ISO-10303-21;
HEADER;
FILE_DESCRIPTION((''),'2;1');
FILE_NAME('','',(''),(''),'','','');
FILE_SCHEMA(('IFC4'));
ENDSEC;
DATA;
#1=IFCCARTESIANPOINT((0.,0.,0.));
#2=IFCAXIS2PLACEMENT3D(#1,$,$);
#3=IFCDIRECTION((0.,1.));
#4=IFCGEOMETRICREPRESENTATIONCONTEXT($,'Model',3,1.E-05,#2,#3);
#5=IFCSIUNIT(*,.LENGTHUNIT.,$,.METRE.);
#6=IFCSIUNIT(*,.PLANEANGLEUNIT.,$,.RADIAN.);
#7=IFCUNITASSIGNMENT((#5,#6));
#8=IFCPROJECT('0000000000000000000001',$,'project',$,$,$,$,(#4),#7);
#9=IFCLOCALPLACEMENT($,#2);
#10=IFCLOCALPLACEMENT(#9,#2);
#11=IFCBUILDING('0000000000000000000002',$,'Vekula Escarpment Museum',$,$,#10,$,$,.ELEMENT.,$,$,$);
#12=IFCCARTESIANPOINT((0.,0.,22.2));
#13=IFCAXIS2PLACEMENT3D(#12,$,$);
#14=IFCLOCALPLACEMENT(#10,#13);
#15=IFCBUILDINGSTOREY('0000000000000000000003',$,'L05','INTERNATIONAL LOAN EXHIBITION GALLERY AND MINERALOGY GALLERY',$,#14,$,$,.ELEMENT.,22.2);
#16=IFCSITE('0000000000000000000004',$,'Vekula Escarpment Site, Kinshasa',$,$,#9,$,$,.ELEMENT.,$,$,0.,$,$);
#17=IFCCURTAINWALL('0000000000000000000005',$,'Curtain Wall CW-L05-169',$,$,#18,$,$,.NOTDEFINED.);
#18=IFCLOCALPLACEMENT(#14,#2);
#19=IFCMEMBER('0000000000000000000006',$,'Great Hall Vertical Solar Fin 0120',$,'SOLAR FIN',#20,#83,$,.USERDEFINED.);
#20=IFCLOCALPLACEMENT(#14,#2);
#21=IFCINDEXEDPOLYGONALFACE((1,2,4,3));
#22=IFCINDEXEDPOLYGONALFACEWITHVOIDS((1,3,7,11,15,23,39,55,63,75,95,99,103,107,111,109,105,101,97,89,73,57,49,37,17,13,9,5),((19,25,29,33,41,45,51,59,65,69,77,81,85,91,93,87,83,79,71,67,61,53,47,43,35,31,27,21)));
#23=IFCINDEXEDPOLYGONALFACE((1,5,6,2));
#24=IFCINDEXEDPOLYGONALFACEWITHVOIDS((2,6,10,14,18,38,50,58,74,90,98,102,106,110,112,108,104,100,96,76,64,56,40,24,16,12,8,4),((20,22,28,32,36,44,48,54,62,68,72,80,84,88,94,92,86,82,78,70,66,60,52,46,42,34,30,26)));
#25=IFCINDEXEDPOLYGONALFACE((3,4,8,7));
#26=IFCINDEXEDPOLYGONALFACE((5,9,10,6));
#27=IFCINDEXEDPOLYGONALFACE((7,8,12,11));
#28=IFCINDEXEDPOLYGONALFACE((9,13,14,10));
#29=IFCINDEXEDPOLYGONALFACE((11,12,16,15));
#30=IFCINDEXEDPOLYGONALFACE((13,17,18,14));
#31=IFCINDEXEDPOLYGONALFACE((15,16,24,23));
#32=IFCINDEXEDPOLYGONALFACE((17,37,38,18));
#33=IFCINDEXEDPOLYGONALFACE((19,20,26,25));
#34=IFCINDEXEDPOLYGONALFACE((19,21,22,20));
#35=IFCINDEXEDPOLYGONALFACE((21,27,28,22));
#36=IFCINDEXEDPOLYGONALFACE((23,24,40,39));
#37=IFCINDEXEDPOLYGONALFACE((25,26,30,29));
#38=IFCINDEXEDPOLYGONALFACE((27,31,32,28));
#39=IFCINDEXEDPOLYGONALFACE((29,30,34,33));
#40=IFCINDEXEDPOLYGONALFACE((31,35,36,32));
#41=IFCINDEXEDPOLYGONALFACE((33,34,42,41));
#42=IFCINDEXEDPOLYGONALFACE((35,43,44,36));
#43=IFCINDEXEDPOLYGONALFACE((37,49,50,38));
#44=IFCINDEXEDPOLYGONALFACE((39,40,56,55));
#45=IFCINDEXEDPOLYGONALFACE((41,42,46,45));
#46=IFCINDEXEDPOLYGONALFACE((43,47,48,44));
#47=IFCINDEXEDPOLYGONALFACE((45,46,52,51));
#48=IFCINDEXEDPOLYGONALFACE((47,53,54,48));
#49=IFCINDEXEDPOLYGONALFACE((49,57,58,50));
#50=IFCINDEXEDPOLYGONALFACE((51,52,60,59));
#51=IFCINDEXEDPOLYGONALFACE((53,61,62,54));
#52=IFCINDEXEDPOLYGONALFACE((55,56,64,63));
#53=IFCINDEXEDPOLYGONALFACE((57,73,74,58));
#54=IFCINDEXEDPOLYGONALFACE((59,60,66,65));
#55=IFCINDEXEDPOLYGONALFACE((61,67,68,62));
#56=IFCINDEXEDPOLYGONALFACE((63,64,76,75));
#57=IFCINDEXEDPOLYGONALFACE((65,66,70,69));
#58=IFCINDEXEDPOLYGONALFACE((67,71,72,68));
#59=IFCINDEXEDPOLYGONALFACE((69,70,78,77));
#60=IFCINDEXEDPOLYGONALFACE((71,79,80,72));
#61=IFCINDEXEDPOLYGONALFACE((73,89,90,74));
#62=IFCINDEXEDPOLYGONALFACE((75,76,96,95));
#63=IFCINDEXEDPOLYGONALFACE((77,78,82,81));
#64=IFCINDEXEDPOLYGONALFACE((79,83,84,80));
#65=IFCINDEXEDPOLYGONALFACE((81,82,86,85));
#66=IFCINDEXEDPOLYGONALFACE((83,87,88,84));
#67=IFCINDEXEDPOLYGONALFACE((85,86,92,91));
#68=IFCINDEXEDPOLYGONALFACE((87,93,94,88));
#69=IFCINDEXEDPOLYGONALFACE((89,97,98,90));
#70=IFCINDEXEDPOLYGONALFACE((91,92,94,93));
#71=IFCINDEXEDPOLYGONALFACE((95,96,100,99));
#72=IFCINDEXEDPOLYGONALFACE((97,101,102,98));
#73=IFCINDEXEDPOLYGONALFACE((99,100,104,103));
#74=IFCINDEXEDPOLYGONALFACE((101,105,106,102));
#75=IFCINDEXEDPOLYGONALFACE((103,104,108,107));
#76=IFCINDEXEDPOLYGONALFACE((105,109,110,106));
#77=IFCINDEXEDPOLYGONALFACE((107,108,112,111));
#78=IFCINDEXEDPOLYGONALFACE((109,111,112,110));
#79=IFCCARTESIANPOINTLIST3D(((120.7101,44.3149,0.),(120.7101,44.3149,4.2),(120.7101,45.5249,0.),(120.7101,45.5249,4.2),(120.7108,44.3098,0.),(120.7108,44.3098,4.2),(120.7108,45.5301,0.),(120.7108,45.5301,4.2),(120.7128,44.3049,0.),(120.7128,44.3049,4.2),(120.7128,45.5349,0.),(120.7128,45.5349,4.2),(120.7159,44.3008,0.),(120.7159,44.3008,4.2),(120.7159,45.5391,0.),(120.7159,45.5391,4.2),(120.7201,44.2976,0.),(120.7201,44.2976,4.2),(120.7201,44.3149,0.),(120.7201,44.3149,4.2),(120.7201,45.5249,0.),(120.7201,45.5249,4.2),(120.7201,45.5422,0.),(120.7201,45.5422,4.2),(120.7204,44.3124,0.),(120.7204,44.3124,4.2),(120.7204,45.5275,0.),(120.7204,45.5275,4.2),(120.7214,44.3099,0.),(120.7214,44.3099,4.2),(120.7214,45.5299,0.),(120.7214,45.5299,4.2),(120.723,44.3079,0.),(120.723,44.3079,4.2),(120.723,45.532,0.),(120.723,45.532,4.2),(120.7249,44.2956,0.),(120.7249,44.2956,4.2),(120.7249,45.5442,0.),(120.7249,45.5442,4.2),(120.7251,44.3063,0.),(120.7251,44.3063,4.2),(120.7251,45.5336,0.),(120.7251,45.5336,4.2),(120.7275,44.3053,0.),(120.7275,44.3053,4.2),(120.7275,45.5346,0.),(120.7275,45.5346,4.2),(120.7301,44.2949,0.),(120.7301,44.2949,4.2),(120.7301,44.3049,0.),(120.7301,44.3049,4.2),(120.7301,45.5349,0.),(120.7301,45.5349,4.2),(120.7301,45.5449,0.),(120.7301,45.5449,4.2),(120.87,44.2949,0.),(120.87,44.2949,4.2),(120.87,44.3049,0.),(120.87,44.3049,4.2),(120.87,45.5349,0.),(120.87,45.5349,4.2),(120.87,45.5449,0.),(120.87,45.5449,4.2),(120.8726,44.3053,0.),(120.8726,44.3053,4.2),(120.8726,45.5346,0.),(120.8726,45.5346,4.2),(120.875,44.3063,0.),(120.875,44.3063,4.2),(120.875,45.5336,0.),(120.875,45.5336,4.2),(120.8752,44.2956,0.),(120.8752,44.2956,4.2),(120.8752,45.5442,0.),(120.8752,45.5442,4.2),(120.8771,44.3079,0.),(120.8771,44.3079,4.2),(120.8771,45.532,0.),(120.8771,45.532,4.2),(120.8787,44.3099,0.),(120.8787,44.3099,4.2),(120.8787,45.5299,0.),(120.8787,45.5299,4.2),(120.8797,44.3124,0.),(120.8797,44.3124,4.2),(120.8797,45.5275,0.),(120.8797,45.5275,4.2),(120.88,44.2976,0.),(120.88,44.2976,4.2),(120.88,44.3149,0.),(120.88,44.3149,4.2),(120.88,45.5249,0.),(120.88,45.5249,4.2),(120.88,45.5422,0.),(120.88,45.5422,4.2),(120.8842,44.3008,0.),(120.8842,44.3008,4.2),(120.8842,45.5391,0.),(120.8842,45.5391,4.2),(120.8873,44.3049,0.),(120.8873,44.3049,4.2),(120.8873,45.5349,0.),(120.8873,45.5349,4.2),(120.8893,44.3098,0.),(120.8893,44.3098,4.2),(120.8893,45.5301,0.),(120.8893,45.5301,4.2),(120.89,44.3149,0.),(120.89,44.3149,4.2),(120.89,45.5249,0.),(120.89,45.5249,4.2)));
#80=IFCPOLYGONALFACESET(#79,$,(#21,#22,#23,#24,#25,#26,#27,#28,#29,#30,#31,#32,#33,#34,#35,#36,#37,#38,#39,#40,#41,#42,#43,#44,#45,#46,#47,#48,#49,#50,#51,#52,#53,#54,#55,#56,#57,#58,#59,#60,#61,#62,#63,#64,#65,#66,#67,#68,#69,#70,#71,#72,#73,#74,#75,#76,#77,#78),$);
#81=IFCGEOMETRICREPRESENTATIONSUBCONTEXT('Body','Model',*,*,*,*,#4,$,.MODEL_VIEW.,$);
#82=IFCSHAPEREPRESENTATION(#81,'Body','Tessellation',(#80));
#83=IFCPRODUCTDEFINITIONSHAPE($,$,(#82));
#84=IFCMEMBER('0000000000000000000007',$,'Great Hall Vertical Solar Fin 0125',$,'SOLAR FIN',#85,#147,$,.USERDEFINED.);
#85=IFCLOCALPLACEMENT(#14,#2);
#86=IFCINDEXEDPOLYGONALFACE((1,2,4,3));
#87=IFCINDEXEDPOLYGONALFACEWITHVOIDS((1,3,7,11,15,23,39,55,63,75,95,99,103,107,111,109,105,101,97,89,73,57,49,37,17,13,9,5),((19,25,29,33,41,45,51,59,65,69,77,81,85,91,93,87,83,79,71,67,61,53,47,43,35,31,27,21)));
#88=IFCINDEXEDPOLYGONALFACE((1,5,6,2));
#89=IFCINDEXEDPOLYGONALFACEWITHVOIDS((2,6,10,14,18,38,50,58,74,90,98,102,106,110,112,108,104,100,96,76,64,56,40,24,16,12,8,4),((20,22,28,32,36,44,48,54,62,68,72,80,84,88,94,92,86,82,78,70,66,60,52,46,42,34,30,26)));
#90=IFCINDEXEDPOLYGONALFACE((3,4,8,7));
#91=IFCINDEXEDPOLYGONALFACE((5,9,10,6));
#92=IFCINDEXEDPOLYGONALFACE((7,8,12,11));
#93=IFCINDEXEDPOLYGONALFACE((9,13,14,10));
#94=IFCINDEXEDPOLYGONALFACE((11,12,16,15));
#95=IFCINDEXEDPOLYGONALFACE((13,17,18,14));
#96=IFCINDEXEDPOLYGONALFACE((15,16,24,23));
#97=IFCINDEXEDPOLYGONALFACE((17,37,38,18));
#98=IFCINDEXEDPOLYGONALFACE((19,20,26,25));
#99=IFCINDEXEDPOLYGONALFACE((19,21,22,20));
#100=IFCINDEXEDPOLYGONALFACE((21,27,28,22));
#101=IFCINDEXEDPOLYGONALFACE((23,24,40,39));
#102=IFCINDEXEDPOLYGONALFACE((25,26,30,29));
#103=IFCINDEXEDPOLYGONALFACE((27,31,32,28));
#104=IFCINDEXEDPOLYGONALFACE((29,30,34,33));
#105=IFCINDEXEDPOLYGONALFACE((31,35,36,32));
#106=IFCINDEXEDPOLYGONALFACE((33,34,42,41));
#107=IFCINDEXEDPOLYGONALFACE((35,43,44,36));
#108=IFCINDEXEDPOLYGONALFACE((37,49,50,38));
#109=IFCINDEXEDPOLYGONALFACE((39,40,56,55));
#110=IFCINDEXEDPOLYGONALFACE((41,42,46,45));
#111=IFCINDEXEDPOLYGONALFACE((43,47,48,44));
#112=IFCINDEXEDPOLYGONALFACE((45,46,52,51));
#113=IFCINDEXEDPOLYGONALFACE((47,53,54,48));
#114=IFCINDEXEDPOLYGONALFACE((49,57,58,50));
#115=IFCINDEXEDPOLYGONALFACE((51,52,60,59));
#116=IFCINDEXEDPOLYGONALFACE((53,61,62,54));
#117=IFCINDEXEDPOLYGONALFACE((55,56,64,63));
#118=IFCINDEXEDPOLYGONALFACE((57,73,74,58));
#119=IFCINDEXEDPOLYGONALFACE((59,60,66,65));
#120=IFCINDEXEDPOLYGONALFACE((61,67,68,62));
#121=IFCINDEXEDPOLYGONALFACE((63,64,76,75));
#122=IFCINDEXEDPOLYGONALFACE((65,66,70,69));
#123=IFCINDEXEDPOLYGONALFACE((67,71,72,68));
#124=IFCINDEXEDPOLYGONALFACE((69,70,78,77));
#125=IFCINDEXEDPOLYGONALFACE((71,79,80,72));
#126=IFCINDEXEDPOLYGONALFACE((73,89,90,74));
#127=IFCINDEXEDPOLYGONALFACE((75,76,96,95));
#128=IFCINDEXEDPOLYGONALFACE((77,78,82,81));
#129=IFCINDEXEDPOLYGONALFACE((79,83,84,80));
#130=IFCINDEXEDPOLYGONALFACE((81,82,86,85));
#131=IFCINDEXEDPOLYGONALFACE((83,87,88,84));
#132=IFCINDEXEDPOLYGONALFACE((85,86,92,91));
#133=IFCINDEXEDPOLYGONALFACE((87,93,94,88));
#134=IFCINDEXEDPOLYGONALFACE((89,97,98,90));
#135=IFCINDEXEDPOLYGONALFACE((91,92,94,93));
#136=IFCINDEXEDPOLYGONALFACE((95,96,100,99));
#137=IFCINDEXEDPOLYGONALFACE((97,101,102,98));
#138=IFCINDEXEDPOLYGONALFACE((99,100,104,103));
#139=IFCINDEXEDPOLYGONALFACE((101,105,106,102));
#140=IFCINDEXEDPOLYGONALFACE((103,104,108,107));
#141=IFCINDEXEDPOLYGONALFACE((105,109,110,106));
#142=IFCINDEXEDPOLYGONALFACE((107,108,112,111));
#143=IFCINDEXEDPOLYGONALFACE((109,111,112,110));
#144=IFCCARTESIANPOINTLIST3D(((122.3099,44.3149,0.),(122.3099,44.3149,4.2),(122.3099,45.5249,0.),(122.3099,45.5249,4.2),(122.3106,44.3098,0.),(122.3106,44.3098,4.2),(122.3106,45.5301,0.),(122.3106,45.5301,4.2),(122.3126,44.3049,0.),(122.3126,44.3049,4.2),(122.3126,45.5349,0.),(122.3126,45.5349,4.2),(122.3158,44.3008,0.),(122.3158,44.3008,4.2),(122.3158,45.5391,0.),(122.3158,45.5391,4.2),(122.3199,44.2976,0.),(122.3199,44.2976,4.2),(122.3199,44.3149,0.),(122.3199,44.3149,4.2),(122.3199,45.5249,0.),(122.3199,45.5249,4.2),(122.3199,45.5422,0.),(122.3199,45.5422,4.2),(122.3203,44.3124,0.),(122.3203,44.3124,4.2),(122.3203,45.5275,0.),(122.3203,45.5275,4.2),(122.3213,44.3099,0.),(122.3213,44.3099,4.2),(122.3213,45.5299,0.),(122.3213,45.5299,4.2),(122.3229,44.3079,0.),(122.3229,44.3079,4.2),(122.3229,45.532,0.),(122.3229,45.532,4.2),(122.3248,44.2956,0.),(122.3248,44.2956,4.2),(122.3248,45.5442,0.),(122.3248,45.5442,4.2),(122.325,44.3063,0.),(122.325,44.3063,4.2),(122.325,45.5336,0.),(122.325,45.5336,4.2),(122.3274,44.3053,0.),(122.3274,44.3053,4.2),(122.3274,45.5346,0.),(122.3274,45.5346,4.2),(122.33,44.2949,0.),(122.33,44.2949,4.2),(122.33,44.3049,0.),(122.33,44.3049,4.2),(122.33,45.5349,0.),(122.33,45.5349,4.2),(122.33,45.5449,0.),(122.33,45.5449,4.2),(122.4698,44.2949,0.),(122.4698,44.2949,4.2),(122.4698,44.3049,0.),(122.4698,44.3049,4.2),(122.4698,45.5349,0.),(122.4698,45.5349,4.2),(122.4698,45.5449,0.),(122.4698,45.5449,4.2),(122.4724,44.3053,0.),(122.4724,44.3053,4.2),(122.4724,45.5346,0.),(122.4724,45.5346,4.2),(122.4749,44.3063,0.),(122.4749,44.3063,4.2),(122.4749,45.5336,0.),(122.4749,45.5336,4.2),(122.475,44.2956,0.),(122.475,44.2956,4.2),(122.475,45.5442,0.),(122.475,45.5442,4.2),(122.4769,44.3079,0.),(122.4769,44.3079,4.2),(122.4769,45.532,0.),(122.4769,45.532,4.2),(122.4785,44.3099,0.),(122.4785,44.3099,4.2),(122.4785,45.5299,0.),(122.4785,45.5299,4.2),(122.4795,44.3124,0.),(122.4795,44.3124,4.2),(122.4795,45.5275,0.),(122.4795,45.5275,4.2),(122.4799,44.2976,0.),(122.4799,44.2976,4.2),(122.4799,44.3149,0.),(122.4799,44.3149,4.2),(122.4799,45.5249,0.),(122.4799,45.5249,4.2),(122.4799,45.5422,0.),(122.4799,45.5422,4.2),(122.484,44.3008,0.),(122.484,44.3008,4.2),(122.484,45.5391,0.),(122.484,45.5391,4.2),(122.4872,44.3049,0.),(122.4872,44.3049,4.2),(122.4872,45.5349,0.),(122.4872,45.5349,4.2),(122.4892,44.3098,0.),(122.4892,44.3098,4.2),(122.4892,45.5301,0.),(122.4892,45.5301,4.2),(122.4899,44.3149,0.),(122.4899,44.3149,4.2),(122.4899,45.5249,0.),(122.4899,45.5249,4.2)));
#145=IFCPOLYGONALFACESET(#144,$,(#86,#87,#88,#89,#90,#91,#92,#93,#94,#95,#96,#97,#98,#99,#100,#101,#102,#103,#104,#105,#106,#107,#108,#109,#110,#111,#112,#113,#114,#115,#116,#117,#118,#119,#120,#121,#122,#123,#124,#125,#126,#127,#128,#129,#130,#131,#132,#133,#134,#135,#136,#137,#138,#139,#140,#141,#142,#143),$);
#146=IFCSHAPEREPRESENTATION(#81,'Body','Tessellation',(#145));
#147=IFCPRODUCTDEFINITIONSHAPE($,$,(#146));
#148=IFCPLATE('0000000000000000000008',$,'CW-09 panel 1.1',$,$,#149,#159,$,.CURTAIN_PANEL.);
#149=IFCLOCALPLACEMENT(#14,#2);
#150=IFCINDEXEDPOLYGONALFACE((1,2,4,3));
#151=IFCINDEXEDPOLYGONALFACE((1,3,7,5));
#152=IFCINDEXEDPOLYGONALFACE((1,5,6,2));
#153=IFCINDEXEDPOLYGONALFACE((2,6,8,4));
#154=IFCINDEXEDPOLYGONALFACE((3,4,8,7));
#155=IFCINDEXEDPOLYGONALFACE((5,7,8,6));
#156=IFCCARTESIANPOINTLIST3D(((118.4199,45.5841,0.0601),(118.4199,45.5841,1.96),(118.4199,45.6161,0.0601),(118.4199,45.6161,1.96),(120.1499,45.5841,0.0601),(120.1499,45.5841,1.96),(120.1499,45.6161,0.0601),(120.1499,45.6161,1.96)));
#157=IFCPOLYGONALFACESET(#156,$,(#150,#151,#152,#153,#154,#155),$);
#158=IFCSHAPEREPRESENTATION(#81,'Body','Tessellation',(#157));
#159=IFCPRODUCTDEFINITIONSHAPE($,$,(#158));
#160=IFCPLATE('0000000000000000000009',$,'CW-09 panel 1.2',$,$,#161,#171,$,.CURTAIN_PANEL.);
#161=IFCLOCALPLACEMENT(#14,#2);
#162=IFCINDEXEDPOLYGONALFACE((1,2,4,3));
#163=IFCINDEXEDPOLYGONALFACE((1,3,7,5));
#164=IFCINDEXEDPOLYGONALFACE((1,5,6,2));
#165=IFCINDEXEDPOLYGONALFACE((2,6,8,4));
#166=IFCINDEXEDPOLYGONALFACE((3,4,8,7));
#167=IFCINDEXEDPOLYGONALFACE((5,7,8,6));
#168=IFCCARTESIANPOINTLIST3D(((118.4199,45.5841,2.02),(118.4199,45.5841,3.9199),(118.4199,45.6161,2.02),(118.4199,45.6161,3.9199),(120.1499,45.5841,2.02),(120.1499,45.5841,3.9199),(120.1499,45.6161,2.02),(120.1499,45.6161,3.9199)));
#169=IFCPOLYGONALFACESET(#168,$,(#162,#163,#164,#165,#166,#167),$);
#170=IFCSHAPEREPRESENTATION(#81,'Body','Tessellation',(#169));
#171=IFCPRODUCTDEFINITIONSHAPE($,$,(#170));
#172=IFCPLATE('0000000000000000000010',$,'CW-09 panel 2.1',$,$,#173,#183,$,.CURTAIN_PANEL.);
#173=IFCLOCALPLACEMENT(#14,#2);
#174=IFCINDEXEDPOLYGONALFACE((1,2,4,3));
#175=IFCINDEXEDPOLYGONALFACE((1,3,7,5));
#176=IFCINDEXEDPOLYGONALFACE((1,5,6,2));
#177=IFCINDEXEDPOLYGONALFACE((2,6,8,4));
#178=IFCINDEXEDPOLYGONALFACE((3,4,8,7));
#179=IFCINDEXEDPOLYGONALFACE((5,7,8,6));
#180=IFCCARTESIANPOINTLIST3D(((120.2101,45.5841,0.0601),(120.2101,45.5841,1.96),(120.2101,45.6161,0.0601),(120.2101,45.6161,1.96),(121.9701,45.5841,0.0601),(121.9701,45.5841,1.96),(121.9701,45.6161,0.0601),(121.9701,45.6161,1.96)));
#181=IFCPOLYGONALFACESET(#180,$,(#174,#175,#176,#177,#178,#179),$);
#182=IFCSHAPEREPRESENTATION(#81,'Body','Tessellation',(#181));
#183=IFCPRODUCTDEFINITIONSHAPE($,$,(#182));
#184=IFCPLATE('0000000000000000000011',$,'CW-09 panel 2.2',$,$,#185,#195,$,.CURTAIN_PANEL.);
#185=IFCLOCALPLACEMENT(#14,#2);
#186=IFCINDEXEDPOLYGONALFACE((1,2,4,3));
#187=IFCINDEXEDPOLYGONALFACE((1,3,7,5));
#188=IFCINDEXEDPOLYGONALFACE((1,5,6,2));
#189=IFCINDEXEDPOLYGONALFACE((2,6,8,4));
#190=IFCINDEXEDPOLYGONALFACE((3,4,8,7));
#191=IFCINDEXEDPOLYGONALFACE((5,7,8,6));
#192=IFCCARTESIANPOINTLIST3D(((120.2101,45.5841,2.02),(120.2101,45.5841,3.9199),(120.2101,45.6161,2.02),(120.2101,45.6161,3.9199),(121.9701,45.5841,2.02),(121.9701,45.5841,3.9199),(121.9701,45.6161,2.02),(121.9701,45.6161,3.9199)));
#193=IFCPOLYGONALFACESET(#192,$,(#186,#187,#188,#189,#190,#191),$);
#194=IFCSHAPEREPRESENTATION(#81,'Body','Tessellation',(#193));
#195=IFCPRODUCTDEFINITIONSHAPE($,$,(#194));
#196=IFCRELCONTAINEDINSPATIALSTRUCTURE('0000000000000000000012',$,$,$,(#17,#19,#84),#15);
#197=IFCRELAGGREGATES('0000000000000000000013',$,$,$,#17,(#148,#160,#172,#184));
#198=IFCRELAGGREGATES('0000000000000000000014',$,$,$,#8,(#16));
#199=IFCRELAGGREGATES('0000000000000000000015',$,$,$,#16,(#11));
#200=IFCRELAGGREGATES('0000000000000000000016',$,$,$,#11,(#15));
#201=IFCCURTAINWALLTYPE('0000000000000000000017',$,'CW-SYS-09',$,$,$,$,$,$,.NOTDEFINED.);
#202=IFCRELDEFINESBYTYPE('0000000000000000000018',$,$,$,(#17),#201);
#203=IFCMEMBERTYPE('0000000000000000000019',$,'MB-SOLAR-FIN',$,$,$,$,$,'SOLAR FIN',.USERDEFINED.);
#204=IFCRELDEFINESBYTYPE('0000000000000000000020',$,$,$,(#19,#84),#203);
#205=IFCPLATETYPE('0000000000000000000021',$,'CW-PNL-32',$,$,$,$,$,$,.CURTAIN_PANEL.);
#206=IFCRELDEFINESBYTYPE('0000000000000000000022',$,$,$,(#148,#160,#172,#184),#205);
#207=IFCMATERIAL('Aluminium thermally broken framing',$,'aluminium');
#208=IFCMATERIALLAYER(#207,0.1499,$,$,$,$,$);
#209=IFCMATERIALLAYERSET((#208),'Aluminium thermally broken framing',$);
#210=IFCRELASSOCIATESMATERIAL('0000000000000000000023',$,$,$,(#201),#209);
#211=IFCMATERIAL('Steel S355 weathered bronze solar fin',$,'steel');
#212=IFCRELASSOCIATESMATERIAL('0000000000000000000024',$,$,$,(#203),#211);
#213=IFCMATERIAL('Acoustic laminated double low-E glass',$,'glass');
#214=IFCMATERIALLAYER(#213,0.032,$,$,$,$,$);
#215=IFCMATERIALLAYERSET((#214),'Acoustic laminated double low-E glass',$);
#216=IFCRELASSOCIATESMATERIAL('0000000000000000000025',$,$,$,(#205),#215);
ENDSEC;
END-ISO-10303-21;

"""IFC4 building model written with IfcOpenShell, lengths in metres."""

from ifc_helpers import new_model, si_unit, direction, frame, origin, origin_2d, place, context, subcontext, project, spatial, rectangle, hollow_rectangle, extrude, material, layer, layer_set, material_profile, profile_set, type_object, element, aggregate, save


model = new_model("IFC4")

# Units and contexts
model_context = context("Model", 3, precision=1e-05, world=origin(), true_north=direction((0.0, 1.0)))
body_context = subcontext(model_context, "Body", "Model", "MODEL_VIEW")
ifc_project = project(units=[si_unit("LENGTHUNIT", "METRE"), si_unit("PLANEANGLEUNIT", "RADIAN")], contexts=[model_context])

# Site, building, storey
site_placement = place(None, origin())
site = spatial("IfcSite", under=ifc_project, at=site_placement, Name="Vekula Escarpment Site, Kinshasa", CompositionType="ELEMENT", RefElevation=0.0)
building_placement = place(site_placement, origin())
building = spatial("IfcBuilding", under=site, at=building_placement, Name="Vekula Escarpment Museum", CompositionType="ELEMENT")
storey_placement = place(building_placement, frame((0.0, 0.0, 22.2)))
storey = spatial("IfcBuildingStorey", under=building, at=storey_placement, Name="L05", Description="INTERNATIONAL LOAN EXHIBITION GALLERY AND MINERALOGY GALLERY", CompositionType="ELEMENT", Elevation=22.2)

# Curtain wall
ifc_material_1 = material(Name="Aluminium thermally broken framing", Category="aluminium")
ifc_layer_1 = layer(ifc_material_1, 0.1499)
ifc_layer_set_1 = layer_set([ifc_layer_1], Name="Aluminium thermally broken framing")
curtain_wall_type = type_object("IfcCurtainWallType", Name="CW-SYS-09", PredefinedType="NOTDEFINED", material=ifc_layer_set_1)
curtain_wall_placement = place(storey_placement, origin())
curtain_wall = element("IfcCurtainWall", 1, at=curtain_wall_placement, inside=storey, type_object=curtain_wall_type, Name="Curtain Wall CW-L05-169", PredefinedType="NOTDEFINED")

# Members
ifc_material_2 = material(Name="Steel S355 weathered bronze solar fin", Category="steel")
ifc_material_profile_1 = material_profile(ifc_material_2, hollow_rectangle(XDim=0.1799, YDim=1.25, WallThickness=0.01, InnerFilletRadius=0.01, OuterFilletRadius=0.02, at=origin_2d()), Name="RHS 1250x180x10")
ifc_profile_set_1 = profile_set([ifc_material_profile_1], Name="Steel S355 weathered bronze solar fin")
member_type_1 = type_object("IfcMemberType", Name="MB-SOLAR-FIN", ElementType="SOLAR FIN", PredefinedType="USERDEFINED", material=ifc_profile_set_1)
for number, where, z_axis, x_axis, name in (
    (2, (120.8, 44.9199, 0.0), (0.0, 0.0, 1.0), (1.0, 0.0, 0.0), "Great Hall Vertical Solar Fin 0120"),
    (3, (122.3999, 44.9199, 0.0), (0.0, 0.0, 1.0), (1.0, 0.0, 0.0), "Great Hall Vertical Solar Fin 0125"),
):
    element("IfcMember", number, at=place(storey_placement, frame(where, z_axis=z_axis, x_axis=x_axis)), inside=storey, type_object=member_type_1, Name=name, ObjectType="SOLAR FIN", PredefinedType="USERDEFINED", context=body_context, shape_type="SweptSolid", body=[
        extrude(hollow_rectangle(XDim=0.1799, YDim=1.25, WallThickness=0.01, InnerFilletRadius=0.01, OuterFilletRadius=0.02, at=origin_2d()), origin(), (0.0, 0.0, 1.0), 4.2),
    ])

# Plates
ifc_material_3 = material(Name="Acoustic laminated double low-E glass", Category="glass")
ifc_layer_2 = layer(ifc_material_3, 0.032)
ifc_layer_set_2 = layer_set([ifc_layer_2], Name="Acoustic laminated double low-E glass")
plate_type = type_object("IfcPlateType", Name="CW-PNL-32", PredefinedType="CURTAIN_PANEL", material=ifc_layer_set_2)
plate_1_placement = place(storey_placement, frame((119.2849, 45.6001, 0.0601), z_axis=(0.0, 0.0, 1.0), x_axis=(1.0, 0.0, 0.0)))
plate_1 = element("IfcPlate", 4, at=plate_1_placement, type_object=plate_type, Name="CW-09 panel 1.1", PredefinedType="CURTAIN_PANEL", context=body_context, shape_type="SweptSolid", body=[
    extrude(rectangle(XDim=1.73, YDim=0.032, at=origin_2d()), origin(), (0.0, 0.0, 1.0), 1.8999),
])
plate_2_placement = place(storey_placement, frame((119.2849, 45.6001, 2.02), z_axis=(0.0, 0.0, 1.0), x_axis=(1.0, 0.0, 0.0)))
plate_2 = element("IfcPlate", 5, at=plate_2_placement, type_object=plate_type, Name="CW-09 panel 1.2", PredefinedType="CURTAIN_PANEL", context=body_context, shape_type="SweptSolid", body=[
    extrude(rectangle(XDim=1.73, YDim=0.032, at=origin_2d()), origin(), (0.0, 0.0, 1.0), 1.8999),
])
plate_3_placement = place(storey_placement, frame((121.0901, 45.6001, 0.0601), z_axis=(0.0, 0.0, 1.0), x_axis=(1.0, 0.0, 0.0)))
plate_3 = element("IfcPlate", 6, at=plate_3_placement, type_object=plate_type, Name="CW-09 panel 2.1", PredefinedType="CURTAIN_PANEL", context=body_context, shape_type="SweptSolid", body=[
    extrude(rectangle(XDim=1.76, YDim=0.032, at=origin_2d()), origin(), (0.0, 0.0, 1.0), 1.8999),
])
plate_4_placement = place(storey_placement, frame((121.0901, 45.6001, 2.02), z_axis=(0.0, 0.0, 1.0), x_axis=(1.0, 0.0, 0.0)))
plate_4 = element("IfcPlate", 7, at=plate_4_placement, type_object=plate_type, Name="CW-09 panel 2.2", PredefinedType="CURTAIN_PANEL", context=body_context, shape_type="SweptSolid", body=[
    extrude(rectangle(XDim=1.76, YDim=0.032, at=origin_2d()), origin(), (0.0, 0.0, 1.0), 1.8999),
])
aggregate(curtain_wall, [plate_1, plate_2, plate_3, plate_4])

save(model, "model.ifc")
